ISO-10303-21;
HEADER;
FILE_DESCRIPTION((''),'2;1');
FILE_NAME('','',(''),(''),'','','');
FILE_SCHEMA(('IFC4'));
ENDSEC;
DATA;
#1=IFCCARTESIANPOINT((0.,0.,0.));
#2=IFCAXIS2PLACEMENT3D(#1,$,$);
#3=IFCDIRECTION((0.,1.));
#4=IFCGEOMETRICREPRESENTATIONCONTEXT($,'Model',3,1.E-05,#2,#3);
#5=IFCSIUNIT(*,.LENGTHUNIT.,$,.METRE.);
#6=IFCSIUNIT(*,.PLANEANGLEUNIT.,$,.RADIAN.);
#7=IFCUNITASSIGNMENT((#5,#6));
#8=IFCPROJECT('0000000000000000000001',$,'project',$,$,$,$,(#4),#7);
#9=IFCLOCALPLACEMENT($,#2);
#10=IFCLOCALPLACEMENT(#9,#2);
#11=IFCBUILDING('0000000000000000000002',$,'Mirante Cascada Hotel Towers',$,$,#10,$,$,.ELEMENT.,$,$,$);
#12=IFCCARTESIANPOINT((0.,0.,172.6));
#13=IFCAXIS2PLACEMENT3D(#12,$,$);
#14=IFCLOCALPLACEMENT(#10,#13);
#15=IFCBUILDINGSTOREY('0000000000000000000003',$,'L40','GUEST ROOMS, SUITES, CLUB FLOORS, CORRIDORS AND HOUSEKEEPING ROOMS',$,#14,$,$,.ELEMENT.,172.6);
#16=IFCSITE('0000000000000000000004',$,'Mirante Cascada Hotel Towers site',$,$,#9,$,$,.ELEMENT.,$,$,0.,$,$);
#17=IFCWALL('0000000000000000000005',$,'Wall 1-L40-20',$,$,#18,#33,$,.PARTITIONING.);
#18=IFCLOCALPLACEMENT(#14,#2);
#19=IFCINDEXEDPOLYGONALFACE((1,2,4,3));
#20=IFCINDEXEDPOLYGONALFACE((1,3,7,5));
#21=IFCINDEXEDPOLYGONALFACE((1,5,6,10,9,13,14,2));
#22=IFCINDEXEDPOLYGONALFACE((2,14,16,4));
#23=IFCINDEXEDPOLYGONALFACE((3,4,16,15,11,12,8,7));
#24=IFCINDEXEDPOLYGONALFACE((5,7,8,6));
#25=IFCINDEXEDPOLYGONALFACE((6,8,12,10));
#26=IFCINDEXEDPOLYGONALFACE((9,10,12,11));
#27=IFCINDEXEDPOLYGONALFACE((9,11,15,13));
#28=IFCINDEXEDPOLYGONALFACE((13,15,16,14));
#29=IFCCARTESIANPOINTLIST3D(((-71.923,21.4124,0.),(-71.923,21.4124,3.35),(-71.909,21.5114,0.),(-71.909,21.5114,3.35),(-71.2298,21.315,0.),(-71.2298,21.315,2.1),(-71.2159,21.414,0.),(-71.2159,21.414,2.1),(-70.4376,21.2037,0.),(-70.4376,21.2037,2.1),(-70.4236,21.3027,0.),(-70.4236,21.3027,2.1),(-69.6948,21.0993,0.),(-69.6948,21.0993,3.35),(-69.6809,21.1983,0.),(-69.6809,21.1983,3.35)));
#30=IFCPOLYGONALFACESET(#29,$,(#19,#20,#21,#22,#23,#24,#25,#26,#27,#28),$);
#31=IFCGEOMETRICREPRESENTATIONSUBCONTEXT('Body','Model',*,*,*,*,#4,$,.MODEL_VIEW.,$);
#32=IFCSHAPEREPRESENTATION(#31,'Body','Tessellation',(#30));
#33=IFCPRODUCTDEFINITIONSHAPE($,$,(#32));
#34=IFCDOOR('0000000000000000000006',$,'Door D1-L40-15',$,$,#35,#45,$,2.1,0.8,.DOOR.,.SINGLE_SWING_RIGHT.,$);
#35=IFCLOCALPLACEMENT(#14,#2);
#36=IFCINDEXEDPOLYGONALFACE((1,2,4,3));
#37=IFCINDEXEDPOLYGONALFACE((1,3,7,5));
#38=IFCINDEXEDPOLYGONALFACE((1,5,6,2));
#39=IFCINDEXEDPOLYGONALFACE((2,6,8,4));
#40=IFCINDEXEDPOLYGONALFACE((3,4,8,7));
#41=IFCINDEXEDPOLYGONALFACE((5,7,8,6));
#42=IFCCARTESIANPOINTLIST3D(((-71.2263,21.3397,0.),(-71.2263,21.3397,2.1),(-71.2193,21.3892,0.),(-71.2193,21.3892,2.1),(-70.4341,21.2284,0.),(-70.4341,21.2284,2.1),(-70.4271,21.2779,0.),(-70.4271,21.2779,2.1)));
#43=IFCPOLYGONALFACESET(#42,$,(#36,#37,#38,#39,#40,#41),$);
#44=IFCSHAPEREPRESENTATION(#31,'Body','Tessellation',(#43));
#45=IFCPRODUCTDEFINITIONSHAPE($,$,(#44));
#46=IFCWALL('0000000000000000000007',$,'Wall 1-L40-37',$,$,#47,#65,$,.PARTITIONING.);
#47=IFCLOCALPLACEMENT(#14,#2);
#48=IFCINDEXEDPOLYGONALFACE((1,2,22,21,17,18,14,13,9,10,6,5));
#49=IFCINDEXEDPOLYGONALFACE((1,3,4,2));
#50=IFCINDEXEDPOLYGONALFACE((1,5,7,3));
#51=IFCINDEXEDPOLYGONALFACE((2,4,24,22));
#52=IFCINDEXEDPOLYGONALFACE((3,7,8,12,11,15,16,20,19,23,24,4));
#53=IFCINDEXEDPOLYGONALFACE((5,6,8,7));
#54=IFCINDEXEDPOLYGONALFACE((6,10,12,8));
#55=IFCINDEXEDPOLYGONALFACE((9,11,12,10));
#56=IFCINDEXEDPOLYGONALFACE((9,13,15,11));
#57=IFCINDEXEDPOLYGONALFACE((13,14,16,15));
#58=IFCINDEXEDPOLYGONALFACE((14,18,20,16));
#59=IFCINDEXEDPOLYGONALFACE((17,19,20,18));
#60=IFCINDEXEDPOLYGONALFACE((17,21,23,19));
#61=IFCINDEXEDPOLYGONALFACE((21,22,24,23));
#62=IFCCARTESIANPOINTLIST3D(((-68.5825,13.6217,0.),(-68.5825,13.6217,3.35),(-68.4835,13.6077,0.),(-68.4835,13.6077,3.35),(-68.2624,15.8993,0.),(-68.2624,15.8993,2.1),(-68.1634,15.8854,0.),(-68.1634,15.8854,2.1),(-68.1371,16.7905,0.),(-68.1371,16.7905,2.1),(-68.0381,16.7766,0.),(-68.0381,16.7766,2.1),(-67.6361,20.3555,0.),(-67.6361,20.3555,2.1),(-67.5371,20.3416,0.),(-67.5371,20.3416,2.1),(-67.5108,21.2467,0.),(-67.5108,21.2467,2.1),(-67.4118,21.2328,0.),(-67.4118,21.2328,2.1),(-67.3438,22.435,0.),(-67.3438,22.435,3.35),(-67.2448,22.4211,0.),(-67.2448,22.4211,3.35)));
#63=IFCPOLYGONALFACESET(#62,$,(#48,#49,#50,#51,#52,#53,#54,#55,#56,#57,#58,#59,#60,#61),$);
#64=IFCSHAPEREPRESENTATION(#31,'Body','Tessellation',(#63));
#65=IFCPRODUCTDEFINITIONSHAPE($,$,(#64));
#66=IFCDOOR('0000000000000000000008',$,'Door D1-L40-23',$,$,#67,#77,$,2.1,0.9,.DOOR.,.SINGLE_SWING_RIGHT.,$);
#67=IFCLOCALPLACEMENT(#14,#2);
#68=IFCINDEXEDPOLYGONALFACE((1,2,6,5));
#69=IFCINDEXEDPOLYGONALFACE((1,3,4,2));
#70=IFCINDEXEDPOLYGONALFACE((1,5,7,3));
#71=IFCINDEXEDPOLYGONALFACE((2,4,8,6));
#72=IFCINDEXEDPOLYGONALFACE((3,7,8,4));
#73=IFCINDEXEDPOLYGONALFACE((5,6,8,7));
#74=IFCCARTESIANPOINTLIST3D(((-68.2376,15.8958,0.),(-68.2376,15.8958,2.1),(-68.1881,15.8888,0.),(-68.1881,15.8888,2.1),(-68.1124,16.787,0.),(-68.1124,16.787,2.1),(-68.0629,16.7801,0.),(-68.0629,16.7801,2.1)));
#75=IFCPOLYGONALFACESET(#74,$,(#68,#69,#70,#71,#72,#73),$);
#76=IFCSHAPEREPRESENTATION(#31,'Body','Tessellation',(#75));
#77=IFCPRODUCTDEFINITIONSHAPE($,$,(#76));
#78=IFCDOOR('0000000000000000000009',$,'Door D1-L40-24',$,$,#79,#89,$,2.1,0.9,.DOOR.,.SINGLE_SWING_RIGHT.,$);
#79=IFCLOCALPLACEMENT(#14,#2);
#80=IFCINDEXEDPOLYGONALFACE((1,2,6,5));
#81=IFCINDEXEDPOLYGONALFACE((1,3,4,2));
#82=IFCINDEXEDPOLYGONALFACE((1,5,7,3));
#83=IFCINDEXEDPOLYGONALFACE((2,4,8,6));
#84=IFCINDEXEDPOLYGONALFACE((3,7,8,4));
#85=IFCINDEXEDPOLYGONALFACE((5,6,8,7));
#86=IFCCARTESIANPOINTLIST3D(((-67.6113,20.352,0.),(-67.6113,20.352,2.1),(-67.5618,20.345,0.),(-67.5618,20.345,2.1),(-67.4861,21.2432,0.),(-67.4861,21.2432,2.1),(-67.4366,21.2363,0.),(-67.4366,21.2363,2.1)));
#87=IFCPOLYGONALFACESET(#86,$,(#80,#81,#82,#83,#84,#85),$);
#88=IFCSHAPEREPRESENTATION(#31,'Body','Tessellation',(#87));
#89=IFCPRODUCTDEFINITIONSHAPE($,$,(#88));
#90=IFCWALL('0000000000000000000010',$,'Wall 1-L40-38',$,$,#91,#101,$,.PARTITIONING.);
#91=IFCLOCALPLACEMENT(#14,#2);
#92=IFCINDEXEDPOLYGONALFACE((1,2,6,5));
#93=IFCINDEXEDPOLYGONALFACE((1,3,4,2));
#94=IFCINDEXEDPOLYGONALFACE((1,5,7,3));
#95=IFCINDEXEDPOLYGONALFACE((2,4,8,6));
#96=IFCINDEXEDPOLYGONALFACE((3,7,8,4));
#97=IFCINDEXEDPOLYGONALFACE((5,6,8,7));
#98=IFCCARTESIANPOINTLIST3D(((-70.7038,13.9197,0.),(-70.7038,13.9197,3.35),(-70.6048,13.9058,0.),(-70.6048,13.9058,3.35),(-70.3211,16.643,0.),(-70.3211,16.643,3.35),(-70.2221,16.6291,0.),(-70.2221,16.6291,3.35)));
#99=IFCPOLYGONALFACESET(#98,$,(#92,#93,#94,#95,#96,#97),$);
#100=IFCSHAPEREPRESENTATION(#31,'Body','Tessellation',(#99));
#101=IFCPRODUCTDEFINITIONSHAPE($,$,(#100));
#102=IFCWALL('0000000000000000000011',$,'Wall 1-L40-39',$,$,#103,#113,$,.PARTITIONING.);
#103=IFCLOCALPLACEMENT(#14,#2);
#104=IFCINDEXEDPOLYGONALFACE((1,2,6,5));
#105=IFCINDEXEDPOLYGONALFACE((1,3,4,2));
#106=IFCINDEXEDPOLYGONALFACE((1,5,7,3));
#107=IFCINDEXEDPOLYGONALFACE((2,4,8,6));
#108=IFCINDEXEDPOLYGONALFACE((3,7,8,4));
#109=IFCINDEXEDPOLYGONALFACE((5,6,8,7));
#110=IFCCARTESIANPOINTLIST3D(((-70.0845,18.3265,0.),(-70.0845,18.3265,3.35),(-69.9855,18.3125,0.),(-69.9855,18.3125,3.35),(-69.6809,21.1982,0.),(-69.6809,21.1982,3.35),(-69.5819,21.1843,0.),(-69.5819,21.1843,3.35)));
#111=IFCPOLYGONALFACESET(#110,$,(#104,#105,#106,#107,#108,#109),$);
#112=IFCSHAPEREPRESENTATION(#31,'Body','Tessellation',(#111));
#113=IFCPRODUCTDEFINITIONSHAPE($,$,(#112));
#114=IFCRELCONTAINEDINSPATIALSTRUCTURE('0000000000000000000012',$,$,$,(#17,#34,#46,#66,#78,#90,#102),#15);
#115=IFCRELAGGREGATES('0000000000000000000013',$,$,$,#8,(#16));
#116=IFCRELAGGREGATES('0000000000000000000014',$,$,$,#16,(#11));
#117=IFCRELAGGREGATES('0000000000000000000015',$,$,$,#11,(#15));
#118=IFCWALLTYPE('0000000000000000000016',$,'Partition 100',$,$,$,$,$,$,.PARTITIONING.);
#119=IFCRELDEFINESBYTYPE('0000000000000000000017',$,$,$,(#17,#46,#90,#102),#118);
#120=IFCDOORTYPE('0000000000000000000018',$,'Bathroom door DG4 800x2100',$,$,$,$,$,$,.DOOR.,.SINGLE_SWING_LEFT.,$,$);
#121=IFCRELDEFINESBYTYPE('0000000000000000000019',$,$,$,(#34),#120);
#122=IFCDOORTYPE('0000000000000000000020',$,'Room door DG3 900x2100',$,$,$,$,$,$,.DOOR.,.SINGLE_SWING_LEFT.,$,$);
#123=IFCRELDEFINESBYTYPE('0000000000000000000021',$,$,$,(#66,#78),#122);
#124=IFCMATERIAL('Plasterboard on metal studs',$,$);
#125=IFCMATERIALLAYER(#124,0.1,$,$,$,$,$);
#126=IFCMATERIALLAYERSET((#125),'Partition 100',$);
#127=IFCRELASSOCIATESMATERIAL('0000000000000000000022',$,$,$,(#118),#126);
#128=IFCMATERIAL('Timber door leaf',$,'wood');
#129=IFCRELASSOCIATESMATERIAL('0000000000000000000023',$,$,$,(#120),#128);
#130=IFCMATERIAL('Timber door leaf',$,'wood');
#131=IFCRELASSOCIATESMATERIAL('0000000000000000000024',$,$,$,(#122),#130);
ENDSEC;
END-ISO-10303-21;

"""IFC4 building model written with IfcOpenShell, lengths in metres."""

from ifc_helpers import new_model, si_unit, direction, frame, frame_2d, origin, place, context, subcontext, project, spatial, rectangle, extrude, material, layer, layer_set, type_object, element, fill, save


model = new_model("IFC4")

# Units and contexts
model_context = context("Model", 3, precision=1e-05, world=origin(), true_north=direction((0.0, 1.0)))
body_context = subcontext(model_context, "Body", "Model", "MODEL_VIEW")
ifc_project = project(units=[si_unit("LENGTHUNIT", "METRE"), si_unit("PLANEANGLEUNIT", "RADIAN")], contexts=[model_context])

# Site, building, storey
site_placement = place(None, origin())
site = spatial("IfcSite", under=ifc_project, at=site_placement, Name="Mirante Cascada Hotel Towers site", CompositionType="ELEMENT", RefElevation=0.0)
building_placement = place(site_placement, origin())
building = spatial("IfcBuilding", under=site, at=building_placement, Name="Mirante Cascada Hotel Towers", CompositionType="ELEMENT")
storey_placement = place(building_placement, frame((0.0, 0.0, 172.6)))
storey = spatial("IfcBuildingStorey", under=building, at=storey_placement, Name="L40", Description="GUEST ROOMS, SUITES, CLUB FLOORS, CORRIDORS AND HOUSEKEEPING ROOMS", CompositionType="ELEMENT", Elevation=172.6)

# Shared definitions
ifc_material_1 = material(Name="Plasterboard on metal studs")
ifc_layer_1 = layer(ifc_material_1, 0.1)
ifc_layer_set_1 = layer_set([ifc_layer_1], Name="Partition 100")
wall_type_1 = type_object("IfcWallType", Name="Partition 100", PredefinedType="PARTITIONING", material=ifc_layer_set_1)
ifc_material_2 = material(Name="Timber door leaf", Category="wood")
door_type_1 = type_object("IfcDoorType", Name="Bathroom door DG4 800x2100", OperationType="SINGLE_SWING_LEFT", PredefinedType="DOOR", material=ifc_material_2)

# Wall, opening, door
wall_1_placement = place(storey_placement, frame((-71.916, 21.4619, 0.0), z_axis=(0.0, 0.0, 1.0), x_axis=(0.990271, -0.139156, 0.0)))
wall_1 = element("IfcWall", 1, at=wall_1_placement, inside=storey, type_object=wall_type_1, Name="Wall 1-L40-20", PredefinedType="PARTITIONING", context=body_context, shape_type="SweptSolid", body=[
    extrude(rectangle(XDim=2.25, YDim=0.1, at=frame_2d((1.125, 0.0))), origin(), (0.0, 0.0, 1.0), 3.35),
])
opening_1_placement = place(wall_1_placement, frame((0.7, 0.0, 0.0)))
opening_1 = element("IfcOpeningElement", 2, at=opening_1_placement, cuts=wall_1, PredefinedType="OPENING", context=body_context, shape_type="SweptSolid", body=[
    extrude(rectangle(XDim=0.8, YDim=2.1, at=frame_2d((0.4, 1.05))), frame((0.0, 0.05, 0.0), z_axis=(0.0, -1.0, 0.0), x_axis=(1.0, 0.0, 0.0)), (0.0, 0.0, 1.0), 0.1),
])
door_1_placement = place(opening_1_placement, frame((0.8, 0.0, 0.0), z_axis=(0.0, 0.0, 1.0), x_axis=(-1.0, 0.0, 0.0)))
door_1 = element("IfcDoor", 3, at=door_1_placement, inside=storey, type_object=door_type_1, Name="Door D1-L40-15", OperationType="SINGLE_SWING_RIGHT", OverallHeight=2.1, OverallWidth=0.8, PredefinedType="DOOR", context=body_context, shape_type="SweptSolid", body=[
    extrude(rectangle(XDim=0.8, YDim=2.1, at=frame_2d((0.4, 1.05))), frame((0.0, 0.025, 0.0), z_axis=(0.0, -1.0, 0.0), x_axis=(1.0, 0.0, 0.0)), (0.0, 0.0, 1.0), 0.05),
])
fill(opening_1, door_1)

# Wall, openings, doors
wall_2_placement = place(storey_placement, frame((-68.533, 13.6147, 0.0), z_axis=(0.0, 0.0, 1.0), x_axis=(0.139179, 0.990267, 0.0)))
wall_2 = element("IfcWall", 4, at=wall_2_placement, inside=storey, type_object=wall_type_1, Name="Wall 1-L40-37", PredefinedType="PARTITIONING", context=body_context, shape_type="SweptSolid", body=[
    extrude(rectangle(XDim=8.9, YDim=0.1, at=frame_2d((4.45, 0.0))), origin(), (0.0, 0.0, 1.0), 3.35),
])
opening_2_placement = place(wall_2_placement, frame((2.3, 0.0, 0.0)))
opening_2 = element("IfcOpeningElement", 5, at=opening_2_placement, cuts=wall_2, PredefinedType="OPENING", context=body_context, shape_type="SweptSolid", body=[
    extrude(rectangle(XDim=0.9, YDim=2.1, at=frame_2d((0.45, 1.05))), frame((0.0, 0.05, 0.0), z_axis=(0.0, -1.0, 0.0), x_axis=(1.0, 0.0, 0.0)), (0.0, 0.0, 1.0), 0.1),
])
opening_3_placement = place(wall_2_placement, frame((6.8, 0.0, 0.0)))
opening_3 = element("IfcOpeningElement", 6, at=opening_3_placement, cuts=wall_2, PredefinedType="OPENING", context=body_context, shape_type="SweptSolid", body=[
    extrude(rectangle(XDim=0.9, YDim=2.1, at=frame_2d((0.45, 1.05))), frame((0.0, 0.05, 0.0), z_axis=(0.0, -1.0, 0.0), x_axis=(1.0, 0.0, 0.0)), (0.0, 0.0, 1.0), 0.1),
])
ifc_material_3 = material(Name="Timber door leaf", Category="wood")
door_type_2 = type_object("IfcDoorType", Name="Room door DG3 900x2100", OperationType="SINGLE_SWING_LEFT", PredefinedType="DOOR", material=ifc_material_3)
door_2_placement = place(opening_2_placement, frame((0.9, 0.0, 0.0), z_axis=(0.0, 0.0, 1.0), x_axis=(-1.0, 0.0, 0.0)))
door_2 = element("IfcDoor", 7, at=door_2_placement, inside=storey, type_object=door_type_2, Name="Door D1-L40-23", OperationType="SINGLE_SWING_RIGHT", OverallHeight=2.1, OverallWidth=0.9, PredefinedType="DOOR", context=body_context, shape_type="SweptSolid", body=[
    extrude(rectangle(XDim=0.9, YDim=2.1, at=frame_2d((0.45, 1.05))), frame((0.0, 0.025, 0.0), z_axis=(0.0, -1.0, 0.0), x_axis=(1.0, 0.0, 0.0)), (0.0, 0.0, 1.0), 0.05),
])
fill(opening_2, door_2)
door_3_placement = place(opening_3_placement, frame((0.9, 0.0, 0.0), z_axis=(0.0, 0.0, 1.0), x_axis=(-1.0, 0.0, 0.0)))
door_3 = element("IfcDoor", 8, at=door_3_placement, inside=storey, type_object=door_type_2, Name="Door D1-L40-24", OperationType="SINGLE_SWING_RIGHT", OverallHeight=2.1, OverallWidth=0.9, PredefinedType="DOOR", context=body_context, shape_type="SweptSolid", body=[
    extrude(rectangle(XDim=0.9, YDim=2.1, at=frame_2d((0.45, 1.05))), frame((0.0, 0.025, 0.0), z_axis=(0.0, -1.0, 0.0), x_axis=(1.0, 0.0, 0.0)), (0.0, 0.0, 1.0), 0.05),
])
fill(opening_3, door_3)

# Walls
wall_3_placement = place(storey_placement, frame((-70.2716, 16.6361, 0.0), z_axis=(0.0, 0.0, 1.0), x_axis=(-0.139161, -0.99027, 0.0)))
element("IfcWall", 9, at=wall_3_placement, inside=storey, type_object=wall_type_1, Name="Wall 1-L40-38", PredefinedType="PARTITIONING", context=body_context, shape_type="SweptSolid", body=[
    extrude(rectangle(XDim=2.7501, YDim=0.1, at=frame_2d((1.3751, 0.0))), origin(), (0.0, 0.0, 1.0), 3.35),
])
wall_4_placement = place(storey_placement, frame((-70.035, 18.3195, 0.0), z_axis=(0.0, 0.0, 1.0), x_axis=(0.139171, 0.990268, 0.0)))
element("IfcWall", 10, at=wall_4_placement, inside=storey, type_object=wall_type_1, Name="Wall 1-L40-39", PredefinedType="PARTITIONING", context=body_context, shape_type="SweptSolid", body=[
    extrude(rectangle(XDim=2.9, YDim=0.1, at=frame_2d((1.45, 0.0))), origin(), (0.0, 0.0, 1.0), 3.35),
])

save(model, "model.ifc")
